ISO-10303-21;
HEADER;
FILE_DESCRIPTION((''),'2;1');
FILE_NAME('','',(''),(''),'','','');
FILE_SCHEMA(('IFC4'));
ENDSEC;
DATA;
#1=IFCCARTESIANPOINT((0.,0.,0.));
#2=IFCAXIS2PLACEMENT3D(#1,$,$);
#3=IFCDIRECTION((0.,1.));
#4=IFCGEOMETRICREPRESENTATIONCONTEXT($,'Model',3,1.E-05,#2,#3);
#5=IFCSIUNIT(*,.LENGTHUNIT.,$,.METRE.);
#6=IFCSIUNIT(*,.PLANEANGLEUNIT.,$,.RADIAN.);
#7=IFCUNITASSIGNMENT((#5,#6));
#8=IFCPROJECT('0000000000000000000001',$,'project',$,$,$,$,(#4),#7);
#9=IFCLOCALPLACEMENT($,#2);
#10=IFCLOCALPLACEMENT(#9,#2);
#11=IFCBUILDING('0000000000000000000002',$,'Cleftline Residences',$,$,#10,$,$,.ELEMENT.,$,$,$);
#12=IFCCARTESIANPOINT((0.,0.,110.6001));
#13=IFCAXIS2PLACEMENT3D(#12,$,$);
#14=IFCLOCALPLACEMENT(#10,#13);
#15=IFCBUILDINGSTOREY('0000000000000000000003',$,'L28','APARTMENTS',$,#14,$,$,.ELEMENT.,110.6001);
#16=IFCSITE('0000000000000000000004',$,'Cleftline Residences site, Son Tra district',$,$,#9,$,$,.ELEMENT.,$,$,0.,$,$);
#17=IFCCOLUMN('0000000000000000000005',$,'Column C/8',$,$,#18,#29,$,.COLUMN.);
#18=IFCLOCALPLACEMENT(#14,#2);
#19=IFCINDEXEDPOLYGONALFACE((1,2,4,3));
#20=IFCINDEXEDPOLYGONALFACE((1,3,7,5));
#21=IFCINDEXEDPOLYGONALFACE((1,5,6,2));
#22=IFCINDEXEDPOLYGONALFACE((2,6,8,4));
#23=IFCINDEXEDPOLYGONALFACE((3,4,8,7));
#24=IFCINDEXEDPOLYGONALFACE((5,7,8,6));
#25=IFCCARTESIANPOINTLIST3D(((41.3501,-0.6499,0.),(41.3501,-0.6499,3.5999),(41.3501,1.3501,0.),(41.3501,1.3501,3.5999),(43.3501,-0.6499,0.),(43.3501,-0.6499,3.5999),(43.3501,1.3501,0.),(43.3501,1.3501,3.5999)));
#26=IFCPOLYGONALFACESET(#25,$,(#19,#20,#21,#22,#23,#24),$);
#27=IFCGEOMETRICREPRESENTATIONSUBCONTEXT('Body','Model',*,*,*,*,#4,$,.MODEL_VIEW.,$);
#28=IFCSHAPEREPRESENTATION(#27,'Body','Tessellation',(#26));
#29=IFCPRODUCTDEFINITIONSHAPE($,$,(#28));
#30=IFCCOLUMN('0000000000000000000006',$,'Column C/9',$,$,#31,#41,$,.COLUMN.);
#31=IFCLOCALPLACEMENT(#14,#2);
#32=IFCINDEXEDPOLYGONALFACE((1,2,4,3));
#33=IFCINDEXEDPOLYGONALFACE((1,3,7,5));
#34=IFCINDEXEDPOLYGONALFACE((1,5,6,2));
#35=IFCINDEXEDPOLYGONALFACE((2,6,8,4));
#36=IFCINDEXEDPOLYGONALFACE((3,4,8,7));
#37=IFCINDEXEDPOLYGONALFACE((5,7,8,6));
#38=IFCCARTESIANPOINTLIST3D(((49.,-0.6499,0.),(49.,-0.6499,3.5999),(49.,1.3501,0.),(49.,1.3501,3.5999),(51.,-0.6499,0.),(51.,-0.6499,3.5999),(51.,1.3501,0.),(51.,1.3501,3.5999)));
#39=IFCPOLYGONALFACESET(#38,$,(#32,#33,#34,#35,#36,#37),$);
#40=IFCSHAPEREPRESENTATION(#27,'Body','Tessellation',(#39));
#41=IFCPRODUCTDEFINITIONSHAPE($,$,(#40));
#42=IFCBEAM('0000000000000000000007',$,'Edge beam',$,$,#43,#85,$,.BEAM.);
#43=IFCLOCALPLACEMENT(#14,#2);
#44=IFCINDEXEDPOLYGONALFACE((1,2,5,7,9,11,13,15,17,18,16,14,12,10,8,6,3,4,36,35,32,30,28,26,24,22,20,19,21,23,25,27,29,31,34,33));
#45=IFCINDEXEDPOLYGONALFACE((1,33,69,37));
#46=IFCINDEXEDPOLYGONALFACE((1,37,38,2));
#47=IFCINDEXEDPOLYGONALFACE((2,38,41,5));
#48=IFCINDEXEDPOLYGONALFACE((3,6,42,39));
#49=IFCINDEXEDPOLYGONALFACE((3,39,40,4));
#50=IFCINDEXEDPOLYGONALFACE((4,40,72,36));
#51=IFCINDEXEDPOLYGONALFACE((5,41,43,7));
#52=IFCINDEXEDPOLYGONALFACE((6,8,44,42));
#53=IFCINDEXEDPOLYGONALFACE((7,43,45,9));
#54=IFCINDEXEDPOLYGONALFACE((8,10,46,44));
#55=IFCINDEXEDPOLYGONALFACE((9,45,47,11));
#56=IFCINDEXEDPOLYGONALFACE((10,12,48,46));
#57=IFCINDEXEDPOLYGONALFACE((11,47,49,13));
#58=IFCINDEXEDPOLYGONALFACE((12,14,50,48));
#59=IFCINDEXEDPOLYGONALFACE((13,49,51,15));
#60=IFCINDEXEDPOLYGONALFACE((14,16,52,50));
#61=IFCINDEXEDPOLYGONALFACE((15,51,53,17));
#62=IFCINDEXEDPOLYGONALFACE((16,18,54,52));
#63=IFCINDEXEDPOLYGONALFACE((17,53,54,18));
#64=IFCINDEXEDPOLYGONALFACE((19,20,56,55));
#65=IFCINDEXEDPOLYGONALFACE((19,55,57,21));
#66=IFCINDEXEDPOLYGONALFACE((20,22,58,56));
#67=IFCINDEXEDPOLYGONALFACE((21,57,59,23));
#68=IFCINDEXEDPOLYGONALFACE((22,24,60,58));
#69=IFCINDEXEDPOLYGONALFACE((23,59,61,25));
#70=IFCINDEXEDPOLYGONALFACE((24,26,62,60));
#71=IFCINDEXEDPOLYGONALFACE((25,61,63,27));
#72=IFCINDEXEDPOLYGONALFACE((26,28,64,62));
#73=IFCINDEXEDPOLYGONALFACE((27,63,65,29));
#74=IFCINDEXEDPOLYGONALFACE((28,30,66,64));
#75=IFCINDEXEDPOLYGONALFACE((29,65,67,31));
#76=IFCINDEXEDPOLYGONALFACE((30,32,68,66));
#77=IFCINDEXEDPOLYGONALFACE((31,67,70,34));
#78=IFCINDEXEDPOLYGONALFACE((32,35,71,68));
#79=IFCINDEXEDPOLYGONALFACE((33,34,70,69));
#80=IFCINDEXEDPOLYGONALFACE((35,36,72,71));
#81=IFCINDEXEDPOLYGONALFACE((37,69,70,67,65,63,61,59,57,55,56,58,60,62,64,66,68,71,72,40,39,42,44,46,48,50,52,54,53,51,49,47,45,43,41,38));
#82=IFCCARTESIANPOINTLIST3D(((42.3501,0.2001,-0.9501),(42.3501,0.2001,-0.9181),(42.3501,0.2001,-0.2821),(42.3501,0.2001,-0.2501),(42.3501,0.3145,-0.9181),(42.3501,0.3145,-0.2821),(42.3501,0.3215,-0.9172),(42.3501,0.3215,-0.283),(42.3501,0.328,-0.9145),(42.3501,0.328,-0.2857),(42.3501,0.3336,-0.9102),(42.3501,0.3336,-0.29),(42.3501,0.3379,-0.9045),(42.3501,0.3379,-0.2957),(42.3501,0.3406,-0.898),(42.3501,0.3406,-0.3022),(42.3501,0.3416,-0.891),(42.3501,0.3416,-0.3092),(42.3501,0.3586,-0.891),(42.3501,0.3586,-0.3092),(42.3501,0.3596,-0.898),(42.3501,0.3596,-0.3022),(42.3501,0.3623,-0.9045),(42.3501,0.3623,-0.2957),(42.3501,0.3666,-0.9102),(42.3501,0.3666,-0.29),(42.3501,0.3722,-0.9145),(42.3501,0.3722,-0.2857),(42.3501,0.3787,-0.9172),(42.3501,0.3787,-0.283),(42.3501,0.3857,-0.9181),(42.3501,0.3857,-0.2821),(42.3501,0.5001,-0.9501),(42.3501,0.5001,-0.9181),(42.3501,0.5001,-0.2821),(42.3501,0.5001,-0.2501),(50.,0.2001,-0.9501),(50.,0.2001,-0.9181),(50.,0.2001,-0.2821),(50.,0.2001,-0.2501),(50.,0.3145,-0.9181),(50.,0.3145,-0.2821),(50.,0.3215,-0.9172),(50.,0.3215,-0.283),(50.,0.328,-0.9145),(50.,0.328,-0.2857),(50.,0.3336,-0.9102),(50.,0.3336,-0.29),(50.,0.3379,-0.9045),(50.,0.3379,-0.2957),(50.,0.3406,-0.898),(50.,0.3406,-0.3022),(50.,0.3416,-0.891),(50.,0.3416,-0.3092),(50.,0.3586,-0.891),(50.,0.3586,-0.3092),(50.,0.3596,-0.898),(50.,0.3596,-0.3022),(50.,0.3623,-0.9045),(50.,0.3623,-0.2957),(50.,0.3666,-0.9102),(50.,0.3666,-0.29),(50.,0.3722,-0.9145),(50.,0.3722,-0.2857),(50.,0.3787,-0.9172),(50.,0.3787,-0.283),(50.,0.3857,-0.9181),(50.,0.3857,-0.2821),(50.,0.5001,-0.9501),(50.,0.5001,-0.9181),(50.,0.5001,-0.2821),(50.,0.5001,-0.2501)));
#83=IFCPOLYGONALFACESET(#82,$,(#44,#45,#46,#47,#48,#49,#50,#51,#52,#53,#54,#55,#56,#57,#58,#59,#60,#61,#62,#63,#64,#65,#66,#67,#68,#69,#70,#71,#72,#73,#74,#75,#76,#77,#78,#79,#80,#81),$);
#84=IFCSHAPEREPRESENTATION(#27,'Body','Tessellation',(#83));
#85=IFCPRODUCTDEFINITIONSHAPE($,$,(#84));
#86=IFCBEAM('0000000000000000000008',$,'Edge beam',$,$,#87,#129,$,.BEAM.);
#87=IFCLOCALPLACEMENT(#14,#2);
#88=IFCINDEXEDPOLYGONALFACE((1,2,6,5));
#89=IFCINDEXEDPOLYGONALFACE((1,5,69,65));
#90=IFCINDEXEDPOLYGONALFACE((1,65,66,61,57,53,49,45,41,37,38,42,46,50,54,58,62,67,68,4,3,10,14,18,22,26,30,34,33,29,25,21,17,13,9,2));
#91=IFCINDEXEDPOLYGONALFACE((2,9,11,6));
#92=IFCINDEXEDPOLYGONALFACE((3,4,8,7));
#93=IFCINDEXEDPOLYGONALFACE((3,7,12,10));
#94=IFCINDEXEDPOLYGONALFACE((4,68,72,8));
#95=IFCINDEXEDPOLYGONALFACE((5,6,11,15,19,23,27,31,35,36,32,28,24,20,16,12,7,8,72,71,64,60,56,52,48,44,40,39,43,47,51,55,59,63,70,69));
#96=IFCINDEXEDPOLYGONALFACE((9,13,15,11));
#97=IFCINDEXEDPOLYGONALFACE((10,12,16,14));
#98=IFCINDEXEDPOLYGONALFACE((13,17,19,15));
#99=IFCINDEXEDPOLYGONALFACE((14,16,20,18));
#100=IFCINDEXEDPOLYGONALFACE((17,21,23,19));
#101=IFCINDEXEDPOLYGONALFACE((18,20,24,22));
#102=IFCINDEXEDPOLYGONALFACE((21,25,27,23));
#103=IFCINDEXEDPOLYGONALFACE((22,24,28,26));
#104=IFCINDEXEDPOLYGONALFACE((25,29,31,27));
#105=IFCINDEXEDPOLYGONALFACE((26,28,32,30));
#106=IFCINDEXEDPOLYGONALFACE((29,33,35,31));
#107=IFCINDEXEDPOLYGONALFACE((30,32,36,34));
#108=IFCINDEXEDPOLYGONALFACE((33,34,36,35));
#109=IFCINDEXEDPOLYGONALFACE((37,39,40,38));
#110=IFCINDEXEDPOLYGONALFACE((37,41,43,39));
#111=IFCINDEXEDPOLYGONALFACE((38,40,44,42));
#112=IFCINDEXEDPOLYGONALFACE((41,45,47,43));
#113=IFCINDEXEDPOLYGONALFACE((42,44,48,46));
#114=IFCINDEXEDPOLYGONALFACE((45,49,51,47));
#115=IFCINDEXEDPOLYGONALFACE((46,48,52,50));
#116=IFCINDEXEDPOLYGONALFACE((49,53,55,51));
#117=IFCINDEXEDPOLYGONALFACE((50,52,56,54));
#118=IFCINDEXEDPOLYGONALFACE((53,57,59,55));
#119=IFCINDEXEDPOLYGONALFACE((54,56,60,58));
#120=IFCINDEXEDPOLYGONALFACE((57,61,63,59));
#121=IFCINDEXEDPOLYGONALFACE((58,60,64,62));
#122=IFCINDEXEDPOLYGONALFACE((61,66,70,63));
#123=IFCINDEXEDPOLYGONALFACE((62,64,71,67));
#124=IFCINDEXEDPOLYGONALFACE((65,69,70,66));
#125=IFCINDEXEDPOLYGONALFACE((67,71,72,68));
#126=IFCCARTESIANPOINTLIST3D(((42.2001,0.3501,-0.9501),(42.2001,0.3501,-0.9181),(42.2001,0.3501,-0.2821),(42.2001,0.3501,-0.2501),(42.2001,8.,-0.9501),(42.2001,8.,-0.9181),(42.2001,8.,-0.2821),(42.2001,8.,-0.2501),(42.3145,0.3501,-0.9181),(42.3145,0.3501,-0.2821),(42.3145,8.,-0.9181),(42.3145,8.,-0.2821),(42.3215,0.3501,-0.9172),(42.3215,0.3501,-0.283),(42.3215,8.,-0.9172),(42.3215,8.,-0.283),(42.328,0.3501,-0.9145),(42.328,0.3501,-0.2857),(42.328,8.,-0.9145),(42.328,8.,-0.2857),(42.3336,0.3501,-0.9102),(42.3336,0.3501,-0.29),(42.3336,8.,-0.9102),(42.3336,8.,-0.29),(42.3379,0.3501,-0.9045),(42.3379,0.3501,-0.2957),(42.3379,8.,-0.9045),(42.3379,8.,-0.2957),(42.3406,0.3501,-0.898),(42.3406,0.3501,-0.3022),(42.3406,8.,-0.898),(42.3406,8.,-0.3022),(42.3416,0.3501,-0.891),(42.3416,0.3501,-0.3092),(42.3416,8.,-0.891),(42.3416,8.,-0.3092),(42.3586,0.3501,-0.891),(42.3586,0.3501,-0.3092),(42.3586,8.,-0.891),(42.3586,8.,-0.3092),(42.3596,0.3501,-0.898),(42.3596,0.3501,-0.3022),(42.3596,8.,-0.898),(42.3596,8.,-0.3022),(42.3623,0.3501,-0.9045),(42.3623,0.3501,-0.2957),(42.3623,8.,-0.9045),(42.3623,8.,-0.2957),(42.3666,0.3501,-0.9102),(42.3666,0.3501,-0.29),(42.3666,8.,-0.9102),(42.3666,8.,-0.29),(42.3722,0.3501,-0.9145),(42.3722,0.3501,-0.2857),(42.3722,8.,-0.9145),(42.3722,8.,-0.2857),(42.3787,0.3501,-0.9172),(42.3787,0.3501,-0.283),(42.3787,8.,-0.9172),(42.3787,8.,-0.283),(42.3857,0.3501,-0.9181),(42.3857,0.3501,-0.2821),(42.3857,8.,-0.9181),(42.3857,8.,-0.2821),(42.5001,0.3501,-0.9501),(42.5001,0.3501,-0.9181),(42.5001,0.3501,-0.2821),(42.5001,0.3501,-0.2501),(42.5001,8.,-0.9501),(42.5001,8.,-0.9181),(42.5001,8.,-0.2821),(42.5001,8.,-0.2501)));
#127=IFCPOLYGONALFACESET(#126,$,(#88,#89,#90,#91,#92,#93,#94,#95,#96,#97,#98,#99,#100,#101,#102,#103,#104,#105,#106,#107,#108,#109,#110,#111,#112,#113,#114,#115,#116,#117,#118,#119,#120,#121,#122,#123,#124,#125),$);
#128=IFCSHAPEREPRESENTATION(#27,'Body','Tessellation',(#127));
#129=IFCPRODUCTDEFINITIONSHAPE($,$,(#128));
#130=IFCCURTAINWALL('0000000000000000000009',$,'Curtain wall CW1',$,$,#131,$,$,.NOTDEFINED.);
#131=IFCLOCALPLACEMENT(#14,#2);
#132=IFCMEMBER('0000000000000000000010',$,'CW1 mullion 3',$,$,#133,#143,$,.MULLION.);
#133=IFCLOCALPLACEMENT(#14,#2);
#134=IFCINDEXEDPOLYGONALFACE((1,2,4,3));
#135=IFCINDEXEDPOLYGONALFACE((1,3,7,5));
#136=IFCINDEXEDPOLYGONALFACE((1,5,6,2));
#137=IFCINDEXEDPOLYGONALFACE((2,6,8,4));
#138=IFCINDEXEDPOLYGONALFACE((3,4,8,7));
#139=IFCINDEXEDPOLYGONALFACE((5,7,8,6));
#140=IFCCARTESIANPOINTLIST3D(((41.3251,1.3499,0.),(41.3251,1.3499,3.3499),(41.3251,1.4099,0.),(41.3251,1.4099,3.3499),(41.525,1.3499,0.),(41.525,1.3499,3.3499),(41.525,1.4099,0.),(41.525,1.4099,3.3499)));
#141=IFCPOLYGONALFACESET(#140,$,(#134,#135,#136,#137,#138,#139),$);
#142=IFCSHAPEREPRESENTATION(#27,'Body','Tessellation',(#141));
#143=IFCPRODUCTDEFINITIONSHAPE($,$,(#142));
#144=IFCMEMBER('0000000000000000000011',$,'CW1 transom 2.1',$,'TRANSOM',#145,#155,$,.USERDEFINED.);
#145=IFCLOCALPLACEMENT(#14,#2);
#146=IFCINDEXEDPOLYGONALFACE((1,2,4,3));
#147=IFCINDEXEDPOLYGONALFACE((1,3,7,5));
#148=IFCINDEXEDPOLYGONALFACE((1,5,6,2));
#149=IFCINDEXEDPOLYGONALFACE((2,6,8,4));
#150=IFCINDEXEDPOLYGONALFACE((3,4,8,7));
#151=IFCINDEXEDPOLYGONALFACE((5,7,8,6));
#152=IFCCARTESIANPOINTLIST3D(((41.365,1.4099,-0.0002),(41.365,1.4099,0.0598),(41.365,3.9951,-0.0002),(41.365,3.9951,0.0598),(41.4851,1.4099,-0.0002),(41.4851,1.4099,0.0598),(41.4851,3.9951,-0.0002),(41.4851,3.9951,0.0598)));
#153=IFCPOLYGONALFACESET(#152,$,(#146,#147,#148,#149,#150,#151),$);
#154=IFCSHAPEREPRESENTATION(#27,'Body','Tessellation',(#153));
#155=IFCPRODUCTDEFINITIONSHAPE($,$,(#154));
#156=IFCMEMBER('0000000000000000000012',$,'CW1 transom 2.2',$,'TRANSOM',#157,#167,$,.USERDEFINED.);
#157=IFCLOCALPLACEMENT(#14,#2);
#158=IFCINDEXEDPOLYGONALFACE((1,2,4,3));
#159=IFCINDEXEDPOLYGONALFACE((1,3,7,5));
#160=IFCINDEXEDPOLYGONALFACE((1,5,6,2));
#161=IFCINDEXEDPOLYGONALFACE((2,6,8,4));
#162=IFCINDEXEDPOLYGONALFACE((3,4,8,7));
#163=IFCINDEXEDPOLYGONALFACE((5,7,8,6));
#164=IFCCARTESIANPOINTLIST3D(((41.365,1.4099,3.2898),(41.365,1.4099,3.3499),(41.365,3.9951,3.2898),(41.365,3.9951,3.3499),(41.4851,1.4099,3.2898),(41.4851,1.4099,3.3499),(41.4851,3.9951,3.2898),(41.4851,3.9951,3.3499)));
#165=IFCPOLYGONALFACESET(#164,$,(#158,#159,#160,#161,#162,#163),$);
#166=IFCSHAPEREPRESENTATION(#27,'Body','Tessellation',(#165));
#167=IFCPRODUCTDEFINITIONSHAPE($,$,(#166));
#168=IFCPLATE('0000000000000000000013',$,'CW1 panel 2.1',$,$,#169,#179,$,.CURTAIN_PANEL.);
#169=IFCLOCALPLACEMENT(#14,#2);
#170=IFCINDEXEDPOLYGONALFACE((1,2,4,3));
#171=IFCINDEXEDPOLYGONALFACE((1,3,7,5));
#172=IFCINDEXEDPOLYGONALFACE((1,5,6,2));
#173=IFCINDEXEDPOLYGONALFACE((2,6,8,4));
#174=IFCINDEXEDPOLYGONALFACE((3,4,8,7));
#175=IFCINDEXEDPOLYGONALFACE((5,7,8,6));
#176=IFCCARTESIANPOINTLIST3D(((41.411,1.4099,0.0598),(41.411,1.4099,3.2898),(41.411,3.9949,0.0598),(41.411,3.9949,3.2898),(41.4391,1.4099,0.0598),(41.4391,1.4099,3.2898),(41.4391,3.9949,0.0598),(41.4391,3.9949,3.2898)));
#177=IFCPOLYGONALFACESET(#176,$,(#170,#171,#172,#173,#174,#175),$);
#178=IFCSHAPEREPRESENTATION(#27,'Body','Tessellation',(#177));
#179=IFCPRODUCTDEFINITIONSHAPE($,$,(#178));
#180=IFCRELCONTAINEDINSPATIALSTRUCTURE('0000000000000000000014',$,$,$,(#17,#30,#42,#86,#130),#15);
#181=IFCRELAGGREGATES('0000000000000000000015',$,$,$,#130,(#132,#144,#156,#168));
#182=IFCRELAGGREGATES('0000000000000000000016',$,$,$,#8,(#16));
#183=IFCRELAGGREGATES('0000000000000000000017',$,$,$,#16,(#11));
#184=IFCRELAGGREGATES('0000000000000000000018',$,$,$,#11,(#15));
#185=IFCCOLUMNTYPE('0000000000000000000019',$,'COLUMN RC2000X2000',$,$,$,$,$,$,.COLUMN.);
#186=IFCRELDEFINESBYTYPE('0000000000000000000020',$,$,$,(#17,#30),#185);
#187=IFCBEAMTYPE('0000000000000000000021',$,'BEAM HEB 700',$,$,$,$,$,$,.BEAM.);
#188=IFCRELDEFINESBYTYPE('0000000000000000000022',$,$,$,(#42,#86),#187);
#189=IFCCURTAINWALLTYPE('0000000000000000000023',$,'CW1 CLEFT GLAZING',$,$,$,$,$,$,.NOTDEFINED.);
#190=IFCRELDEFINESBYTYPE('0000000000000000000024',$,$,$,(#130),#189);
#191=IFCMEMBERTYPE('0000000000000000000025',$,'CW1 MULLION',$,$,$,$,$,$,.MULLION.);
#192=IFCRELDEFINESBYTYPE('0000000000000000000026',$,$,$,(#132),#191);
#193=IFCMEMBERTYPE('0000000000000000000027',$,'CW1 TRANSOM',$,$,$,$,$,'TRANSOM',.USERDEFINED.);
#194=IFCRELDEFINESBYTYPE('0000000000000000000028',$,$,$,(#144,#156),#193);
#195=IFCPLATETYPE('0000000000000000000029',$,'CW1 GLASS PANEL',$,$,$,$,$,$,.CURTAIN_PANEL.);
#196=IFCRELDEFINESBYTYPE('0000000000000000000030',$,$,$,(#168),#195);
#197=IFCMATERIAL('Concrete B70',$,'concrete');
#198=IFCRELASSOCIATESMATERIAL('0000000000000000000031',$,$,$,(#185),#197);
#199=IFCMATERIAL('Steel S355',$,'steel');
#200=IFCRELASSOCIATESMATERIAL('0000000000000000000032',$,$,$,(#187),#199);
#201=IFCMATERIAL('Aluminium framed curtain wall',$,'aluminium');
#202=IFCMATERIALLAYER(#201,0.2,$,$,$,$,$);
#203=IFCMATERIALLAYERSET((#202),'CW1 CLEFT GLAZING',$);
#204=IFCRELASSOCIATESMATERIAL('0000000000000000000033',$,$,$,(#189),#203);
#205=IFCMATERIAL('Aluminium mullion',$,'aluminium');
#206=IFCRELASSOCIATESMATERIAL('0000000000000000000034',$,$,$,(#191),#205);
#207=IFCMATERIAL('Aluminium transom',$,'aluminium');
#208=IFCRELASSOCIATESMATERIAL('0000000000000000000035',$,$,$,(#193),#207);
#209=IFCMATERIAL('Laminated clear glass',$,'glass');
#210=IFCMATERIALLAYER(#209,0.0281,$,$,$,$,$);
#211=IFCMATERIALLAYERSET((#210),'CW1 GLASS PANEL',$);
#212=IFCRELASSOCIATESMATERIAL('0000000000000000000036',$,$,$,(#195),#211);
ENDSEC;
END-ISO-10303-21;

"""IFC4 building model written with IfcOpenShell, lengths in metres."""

from ifc_helpers import new_model, si_unit, direction, frame, origin, origin_2d, place, context, subcontext, project, spatial, rectangle, i_section, extrude, material, layer, layer_set, material_profile, profile_set, type_object, element, aggregate, save


model = new_model("IFC4")

# Units and contexts
model_context = context("Model", 3, precision=1e-05, world=origin(), true_north=direction((0.0, 1.0)))
body_context = subcontext(model_context, "Body", "Model", "MODEL_VIEW")
ifc_project = project(units=[si_unit("LENGTHUNIT", "METRE"), si_unit("PLANEANGLEUNIT", "RADIAN")], contexts=[model_context])

# Site, building, storey
site_placement = place(None, origin())
site = spatial("IfcSite", under=ifc_project, at=site_placement, Name="Cleftline Residences site, Son Tra district", CompositionType="ELEMENT", RefElevation=0.0)
building_placement = place(site_placement, origin())
building = spatial("IfcBuilding", under=site, at=building_placement, Name="Cleftline Residences", CompositionType="ELEMENT")
storey_placement = place(building_placement, frame((0.0, 0.0, 110.6001)))
storey = spatial("IfcBuildingStorey", under=building, at=storey_placement, Name="L28", Description="APARTMENTS", CompositionType="ELEMENT", Elevation=110.6001)

# Columns
ifc_material_1 = material(Name="Concrete B70", Category="concrete")
ifc_material_profile_1 = material_profile(ifc_material_1, rectangle(XDim=2.0, YDim=2.0, at=origin_2d()))
ifc_profile_set_1 = profile_set([ifc_material_profile_1], Name="Concrete B70")
column_type = type_object("IfcColumnType", Name="COLUMN RC2000X2000", PredefinedType="COLUMN", material=ifc_profile_set_1)
for number, where, z_axis, x_axis, name in (
    (1, (42.3501, 0.3501, 0.0), (0.0, 0.0, 1.0), (1.0, 0.0, 0.0), "Column C/8"),
    (2, (50.0, 0.3501, 0.0), (0.0, 0.0, 1.0), (1.0, 0.0, 0.0), "Column C/9"),
):
    element("IfcColumn", number, at=place(storey_placement, frame(where, z_axis=z_axis, x_axis=x_axis)), inside=storey, type_object=column_type, Name=name, PredefinedType="COLUMN", context=body_context, shape_type="SweptSolid", body=[
        extrude(rectangle(XDim=2.0, YDim=2.0, at=origin_2d()), origin(), (0.0, 0.0, 1.0), 3.5999),
    ])

# Beams
ifc_material_2 = material(Name="Steel S355", Category="steel")
ifc_material_profile_2 = material_profile(ifc_material_2, i_section(OverallWidth=0.3, OverallDepth=0.7, WebThickness=0.0171, FlangeThickness=0.032, FilletRadius=0.0271, at=origin_2d()))
ifc_profile_set_2 = profile_set([ifc_material_profile_2], Name="Steel S355")
beam_type = type_object("IfcBeamType", Name="BEAM HEB 700", PredefinedType="BEAM", material=ifc_profile_set_2)
for number, where, z_axis, x_axis, name in (
    (3, (50.0, 0.3501, -0.6001), (-1.0, 0.0, 0.0), (0.0, -1.0, 0.0), "Edge beam"),
    (4, (42.3501, 0.3501, -0.6001), (0.0, 1.0, 0.0), (-1.0, 0.0, 0.0), "Edge beam"),
):
    element("IfcBeam", number, at=place(storey_placement, frame(where, z_axis=z_axis, x_axis=x_axis)), inside=storey, type_object=beam_type, Name=name, PredefinedType="BEAM", context=body_context, shape_type="SweptSolid", body=[
        extrude(i_section(OverallWidth=0.3, OverallDepth=0.7, WebThickness=0.0171, FlangeThickness=0.032, FilletRadius=0.0271, at=origin_2d()), origin(), (0.0, 0.0, 1.0), 7.6499),
    ])

# Curtain wall, members, plate
ifc_material_3 = material(Name="Aluminium framed curtain wall", Category="aluminium")
ifc_layer_1 = layer(ifc_material_3, 0.2)
ifc_layer_set_1 = layer_set([ifc_layer_1], Name="CW1 CLEFT GLAZING")
curtain_wall_type = type_object("IfcCurtainWallType", Name="CW1 CLEFT GLAZING", PredefinedType="NOTDEFINED", material=ifc_layer_set_1)
curtain_wall_placement = place(storey_placement, origin())
curtain_wall = element("IfcCurtainWall", 5, at=curtain_wall_placement, inside=storey, type_object=curtain_wall_type, Name="Curtain wall CW1", PredefinedType="NOTDEFINED")
ifc_material_4 = material(Name="Aluminium mullion", Category="aluminium")
ifc_material_profile_3 = material_profile(ifc_material_4, rectangle(XDim=0.2, YDim=0.0601, at=origin_2d()))
ifc_profile_set_3 = profile_set([ifc_material_profile_3], Name="Aluminium mullion")
member_type_1 = type_object("IfcMemberType", Name="CW1 MULLION", PredefinedType="MULLION", material=ifc_profile_set_3)
member_1_placement = place(storey_placement, frame((41.425, 1.3799, 0.0), z_axis=(0.0, 0.0, 1.0), x_axis=(1.0, 0.0, 0.0)))
member_1 = element("IfcMember", 6, at=member_1_placement, type_object=member_type_1, Name="CW1 mullion 3", PredefinedType="MULLION", context=body_context, shape_type="SweptSolid", body=[
    extrude(rectangle(XDim=0.2, YDim=0.0601, at=origin_2d()), origin(), (0.0, 0.0, 1.0), 3.3499),
])
ifc_material_5 = material(Name="Aluminium transom", Category="aluminium")
ifc_material_profile_4 = material_profile(ifc_material_5, rectangle(XDim=0.1201, YDim=0.0601, at=origin_2d()))
ifc_profile_set_4 = profile_set([ifc_material_profile_4], Name="Aluminium transom")
member_type_2 = type_object("IfcMemberType", Name="CW1 TRANSOM", ElementType="TRANSOM", PredefinedType="USERDEFINED", material=ifc_profile_set_4)
member_2_placement = place(storey_placement, frame((41.425, 3.9951, 0.0298), z_axis=(0.0, -1.0, 0.0), x_axis=(1.0, 0.0, 0.0)))
member_2 = element("IfcMember", 7, at=member_2_placement, type_object=member_type_2, Name="CW1 transom 2.1", ObjectType="TRANSOM", PredefinedType="USERDEFINED", context=body_context, shape_type="SweptSolid", body=[
    extrude(rectangle(XDim=0.1201, YDim=0.0601, at=origin_2d()), origin(), (0.0, 0.0, 1.0), 2.5852),
])
member_3_placement = place(storey_placement, frame((41.425, 3.9951, 3.3198), z_axis=(0.0, -1.0, 0.0), x_axis=(1.0, 0.0, 0.0)))
member_3 = element("IfcMember", 8, at=member_3_placement, type_object=member_type_2, Name="CW1 transom 2.2", ObjectType="TRANSOM", PredefinedType="USERDEFINED", context=body_context, shape_type="SweptSolid", body=[
    extrude(rectangle(XDim=0.1201, YDim=0.0601, at=origin_2d()), origin(), (0.0, 0.0, 1.0), 2.5852),
])
ifc_material_6 = material(Name="Laminated clear glass", Category="glass")
ifc_layer_2 = layer(ifc_material_6, 0.0281)
ifc_layer_set_2 = layer_set([ifc_layer_2], Name="CW1 GLASS PANEL")
plate_type = type_object("IfcPlateType", Name="CW1 GLASS PANEL", PredefinedType="CURTAIN_PANEL", material=ifc_layer_set_2)
plate_placement = place(storey_placement, frame((41.425, 2.7024, 0.0598), z_axis=(0.0, 0.0, 1.0), x_axis=(0.0, -1.0, 0.0)))
plate = element("IfcPlate", 9, at=plate_placement, type_object=plate_type, Name="CW1 panel 2.1", PredefinedType="CURTAIN_PANEL", context=body_context, shape_type="SweptSolid", body=[
    extrude(rectangle(XDim=2.585, YDim=0.0281, at=origin_2d()), origin(), (0.0, 0.0, 1.0), 3.23),
])
aggregate(curtain_wall, [member_1, member_2, member_3, plate])

save(model, "model.ifc")
